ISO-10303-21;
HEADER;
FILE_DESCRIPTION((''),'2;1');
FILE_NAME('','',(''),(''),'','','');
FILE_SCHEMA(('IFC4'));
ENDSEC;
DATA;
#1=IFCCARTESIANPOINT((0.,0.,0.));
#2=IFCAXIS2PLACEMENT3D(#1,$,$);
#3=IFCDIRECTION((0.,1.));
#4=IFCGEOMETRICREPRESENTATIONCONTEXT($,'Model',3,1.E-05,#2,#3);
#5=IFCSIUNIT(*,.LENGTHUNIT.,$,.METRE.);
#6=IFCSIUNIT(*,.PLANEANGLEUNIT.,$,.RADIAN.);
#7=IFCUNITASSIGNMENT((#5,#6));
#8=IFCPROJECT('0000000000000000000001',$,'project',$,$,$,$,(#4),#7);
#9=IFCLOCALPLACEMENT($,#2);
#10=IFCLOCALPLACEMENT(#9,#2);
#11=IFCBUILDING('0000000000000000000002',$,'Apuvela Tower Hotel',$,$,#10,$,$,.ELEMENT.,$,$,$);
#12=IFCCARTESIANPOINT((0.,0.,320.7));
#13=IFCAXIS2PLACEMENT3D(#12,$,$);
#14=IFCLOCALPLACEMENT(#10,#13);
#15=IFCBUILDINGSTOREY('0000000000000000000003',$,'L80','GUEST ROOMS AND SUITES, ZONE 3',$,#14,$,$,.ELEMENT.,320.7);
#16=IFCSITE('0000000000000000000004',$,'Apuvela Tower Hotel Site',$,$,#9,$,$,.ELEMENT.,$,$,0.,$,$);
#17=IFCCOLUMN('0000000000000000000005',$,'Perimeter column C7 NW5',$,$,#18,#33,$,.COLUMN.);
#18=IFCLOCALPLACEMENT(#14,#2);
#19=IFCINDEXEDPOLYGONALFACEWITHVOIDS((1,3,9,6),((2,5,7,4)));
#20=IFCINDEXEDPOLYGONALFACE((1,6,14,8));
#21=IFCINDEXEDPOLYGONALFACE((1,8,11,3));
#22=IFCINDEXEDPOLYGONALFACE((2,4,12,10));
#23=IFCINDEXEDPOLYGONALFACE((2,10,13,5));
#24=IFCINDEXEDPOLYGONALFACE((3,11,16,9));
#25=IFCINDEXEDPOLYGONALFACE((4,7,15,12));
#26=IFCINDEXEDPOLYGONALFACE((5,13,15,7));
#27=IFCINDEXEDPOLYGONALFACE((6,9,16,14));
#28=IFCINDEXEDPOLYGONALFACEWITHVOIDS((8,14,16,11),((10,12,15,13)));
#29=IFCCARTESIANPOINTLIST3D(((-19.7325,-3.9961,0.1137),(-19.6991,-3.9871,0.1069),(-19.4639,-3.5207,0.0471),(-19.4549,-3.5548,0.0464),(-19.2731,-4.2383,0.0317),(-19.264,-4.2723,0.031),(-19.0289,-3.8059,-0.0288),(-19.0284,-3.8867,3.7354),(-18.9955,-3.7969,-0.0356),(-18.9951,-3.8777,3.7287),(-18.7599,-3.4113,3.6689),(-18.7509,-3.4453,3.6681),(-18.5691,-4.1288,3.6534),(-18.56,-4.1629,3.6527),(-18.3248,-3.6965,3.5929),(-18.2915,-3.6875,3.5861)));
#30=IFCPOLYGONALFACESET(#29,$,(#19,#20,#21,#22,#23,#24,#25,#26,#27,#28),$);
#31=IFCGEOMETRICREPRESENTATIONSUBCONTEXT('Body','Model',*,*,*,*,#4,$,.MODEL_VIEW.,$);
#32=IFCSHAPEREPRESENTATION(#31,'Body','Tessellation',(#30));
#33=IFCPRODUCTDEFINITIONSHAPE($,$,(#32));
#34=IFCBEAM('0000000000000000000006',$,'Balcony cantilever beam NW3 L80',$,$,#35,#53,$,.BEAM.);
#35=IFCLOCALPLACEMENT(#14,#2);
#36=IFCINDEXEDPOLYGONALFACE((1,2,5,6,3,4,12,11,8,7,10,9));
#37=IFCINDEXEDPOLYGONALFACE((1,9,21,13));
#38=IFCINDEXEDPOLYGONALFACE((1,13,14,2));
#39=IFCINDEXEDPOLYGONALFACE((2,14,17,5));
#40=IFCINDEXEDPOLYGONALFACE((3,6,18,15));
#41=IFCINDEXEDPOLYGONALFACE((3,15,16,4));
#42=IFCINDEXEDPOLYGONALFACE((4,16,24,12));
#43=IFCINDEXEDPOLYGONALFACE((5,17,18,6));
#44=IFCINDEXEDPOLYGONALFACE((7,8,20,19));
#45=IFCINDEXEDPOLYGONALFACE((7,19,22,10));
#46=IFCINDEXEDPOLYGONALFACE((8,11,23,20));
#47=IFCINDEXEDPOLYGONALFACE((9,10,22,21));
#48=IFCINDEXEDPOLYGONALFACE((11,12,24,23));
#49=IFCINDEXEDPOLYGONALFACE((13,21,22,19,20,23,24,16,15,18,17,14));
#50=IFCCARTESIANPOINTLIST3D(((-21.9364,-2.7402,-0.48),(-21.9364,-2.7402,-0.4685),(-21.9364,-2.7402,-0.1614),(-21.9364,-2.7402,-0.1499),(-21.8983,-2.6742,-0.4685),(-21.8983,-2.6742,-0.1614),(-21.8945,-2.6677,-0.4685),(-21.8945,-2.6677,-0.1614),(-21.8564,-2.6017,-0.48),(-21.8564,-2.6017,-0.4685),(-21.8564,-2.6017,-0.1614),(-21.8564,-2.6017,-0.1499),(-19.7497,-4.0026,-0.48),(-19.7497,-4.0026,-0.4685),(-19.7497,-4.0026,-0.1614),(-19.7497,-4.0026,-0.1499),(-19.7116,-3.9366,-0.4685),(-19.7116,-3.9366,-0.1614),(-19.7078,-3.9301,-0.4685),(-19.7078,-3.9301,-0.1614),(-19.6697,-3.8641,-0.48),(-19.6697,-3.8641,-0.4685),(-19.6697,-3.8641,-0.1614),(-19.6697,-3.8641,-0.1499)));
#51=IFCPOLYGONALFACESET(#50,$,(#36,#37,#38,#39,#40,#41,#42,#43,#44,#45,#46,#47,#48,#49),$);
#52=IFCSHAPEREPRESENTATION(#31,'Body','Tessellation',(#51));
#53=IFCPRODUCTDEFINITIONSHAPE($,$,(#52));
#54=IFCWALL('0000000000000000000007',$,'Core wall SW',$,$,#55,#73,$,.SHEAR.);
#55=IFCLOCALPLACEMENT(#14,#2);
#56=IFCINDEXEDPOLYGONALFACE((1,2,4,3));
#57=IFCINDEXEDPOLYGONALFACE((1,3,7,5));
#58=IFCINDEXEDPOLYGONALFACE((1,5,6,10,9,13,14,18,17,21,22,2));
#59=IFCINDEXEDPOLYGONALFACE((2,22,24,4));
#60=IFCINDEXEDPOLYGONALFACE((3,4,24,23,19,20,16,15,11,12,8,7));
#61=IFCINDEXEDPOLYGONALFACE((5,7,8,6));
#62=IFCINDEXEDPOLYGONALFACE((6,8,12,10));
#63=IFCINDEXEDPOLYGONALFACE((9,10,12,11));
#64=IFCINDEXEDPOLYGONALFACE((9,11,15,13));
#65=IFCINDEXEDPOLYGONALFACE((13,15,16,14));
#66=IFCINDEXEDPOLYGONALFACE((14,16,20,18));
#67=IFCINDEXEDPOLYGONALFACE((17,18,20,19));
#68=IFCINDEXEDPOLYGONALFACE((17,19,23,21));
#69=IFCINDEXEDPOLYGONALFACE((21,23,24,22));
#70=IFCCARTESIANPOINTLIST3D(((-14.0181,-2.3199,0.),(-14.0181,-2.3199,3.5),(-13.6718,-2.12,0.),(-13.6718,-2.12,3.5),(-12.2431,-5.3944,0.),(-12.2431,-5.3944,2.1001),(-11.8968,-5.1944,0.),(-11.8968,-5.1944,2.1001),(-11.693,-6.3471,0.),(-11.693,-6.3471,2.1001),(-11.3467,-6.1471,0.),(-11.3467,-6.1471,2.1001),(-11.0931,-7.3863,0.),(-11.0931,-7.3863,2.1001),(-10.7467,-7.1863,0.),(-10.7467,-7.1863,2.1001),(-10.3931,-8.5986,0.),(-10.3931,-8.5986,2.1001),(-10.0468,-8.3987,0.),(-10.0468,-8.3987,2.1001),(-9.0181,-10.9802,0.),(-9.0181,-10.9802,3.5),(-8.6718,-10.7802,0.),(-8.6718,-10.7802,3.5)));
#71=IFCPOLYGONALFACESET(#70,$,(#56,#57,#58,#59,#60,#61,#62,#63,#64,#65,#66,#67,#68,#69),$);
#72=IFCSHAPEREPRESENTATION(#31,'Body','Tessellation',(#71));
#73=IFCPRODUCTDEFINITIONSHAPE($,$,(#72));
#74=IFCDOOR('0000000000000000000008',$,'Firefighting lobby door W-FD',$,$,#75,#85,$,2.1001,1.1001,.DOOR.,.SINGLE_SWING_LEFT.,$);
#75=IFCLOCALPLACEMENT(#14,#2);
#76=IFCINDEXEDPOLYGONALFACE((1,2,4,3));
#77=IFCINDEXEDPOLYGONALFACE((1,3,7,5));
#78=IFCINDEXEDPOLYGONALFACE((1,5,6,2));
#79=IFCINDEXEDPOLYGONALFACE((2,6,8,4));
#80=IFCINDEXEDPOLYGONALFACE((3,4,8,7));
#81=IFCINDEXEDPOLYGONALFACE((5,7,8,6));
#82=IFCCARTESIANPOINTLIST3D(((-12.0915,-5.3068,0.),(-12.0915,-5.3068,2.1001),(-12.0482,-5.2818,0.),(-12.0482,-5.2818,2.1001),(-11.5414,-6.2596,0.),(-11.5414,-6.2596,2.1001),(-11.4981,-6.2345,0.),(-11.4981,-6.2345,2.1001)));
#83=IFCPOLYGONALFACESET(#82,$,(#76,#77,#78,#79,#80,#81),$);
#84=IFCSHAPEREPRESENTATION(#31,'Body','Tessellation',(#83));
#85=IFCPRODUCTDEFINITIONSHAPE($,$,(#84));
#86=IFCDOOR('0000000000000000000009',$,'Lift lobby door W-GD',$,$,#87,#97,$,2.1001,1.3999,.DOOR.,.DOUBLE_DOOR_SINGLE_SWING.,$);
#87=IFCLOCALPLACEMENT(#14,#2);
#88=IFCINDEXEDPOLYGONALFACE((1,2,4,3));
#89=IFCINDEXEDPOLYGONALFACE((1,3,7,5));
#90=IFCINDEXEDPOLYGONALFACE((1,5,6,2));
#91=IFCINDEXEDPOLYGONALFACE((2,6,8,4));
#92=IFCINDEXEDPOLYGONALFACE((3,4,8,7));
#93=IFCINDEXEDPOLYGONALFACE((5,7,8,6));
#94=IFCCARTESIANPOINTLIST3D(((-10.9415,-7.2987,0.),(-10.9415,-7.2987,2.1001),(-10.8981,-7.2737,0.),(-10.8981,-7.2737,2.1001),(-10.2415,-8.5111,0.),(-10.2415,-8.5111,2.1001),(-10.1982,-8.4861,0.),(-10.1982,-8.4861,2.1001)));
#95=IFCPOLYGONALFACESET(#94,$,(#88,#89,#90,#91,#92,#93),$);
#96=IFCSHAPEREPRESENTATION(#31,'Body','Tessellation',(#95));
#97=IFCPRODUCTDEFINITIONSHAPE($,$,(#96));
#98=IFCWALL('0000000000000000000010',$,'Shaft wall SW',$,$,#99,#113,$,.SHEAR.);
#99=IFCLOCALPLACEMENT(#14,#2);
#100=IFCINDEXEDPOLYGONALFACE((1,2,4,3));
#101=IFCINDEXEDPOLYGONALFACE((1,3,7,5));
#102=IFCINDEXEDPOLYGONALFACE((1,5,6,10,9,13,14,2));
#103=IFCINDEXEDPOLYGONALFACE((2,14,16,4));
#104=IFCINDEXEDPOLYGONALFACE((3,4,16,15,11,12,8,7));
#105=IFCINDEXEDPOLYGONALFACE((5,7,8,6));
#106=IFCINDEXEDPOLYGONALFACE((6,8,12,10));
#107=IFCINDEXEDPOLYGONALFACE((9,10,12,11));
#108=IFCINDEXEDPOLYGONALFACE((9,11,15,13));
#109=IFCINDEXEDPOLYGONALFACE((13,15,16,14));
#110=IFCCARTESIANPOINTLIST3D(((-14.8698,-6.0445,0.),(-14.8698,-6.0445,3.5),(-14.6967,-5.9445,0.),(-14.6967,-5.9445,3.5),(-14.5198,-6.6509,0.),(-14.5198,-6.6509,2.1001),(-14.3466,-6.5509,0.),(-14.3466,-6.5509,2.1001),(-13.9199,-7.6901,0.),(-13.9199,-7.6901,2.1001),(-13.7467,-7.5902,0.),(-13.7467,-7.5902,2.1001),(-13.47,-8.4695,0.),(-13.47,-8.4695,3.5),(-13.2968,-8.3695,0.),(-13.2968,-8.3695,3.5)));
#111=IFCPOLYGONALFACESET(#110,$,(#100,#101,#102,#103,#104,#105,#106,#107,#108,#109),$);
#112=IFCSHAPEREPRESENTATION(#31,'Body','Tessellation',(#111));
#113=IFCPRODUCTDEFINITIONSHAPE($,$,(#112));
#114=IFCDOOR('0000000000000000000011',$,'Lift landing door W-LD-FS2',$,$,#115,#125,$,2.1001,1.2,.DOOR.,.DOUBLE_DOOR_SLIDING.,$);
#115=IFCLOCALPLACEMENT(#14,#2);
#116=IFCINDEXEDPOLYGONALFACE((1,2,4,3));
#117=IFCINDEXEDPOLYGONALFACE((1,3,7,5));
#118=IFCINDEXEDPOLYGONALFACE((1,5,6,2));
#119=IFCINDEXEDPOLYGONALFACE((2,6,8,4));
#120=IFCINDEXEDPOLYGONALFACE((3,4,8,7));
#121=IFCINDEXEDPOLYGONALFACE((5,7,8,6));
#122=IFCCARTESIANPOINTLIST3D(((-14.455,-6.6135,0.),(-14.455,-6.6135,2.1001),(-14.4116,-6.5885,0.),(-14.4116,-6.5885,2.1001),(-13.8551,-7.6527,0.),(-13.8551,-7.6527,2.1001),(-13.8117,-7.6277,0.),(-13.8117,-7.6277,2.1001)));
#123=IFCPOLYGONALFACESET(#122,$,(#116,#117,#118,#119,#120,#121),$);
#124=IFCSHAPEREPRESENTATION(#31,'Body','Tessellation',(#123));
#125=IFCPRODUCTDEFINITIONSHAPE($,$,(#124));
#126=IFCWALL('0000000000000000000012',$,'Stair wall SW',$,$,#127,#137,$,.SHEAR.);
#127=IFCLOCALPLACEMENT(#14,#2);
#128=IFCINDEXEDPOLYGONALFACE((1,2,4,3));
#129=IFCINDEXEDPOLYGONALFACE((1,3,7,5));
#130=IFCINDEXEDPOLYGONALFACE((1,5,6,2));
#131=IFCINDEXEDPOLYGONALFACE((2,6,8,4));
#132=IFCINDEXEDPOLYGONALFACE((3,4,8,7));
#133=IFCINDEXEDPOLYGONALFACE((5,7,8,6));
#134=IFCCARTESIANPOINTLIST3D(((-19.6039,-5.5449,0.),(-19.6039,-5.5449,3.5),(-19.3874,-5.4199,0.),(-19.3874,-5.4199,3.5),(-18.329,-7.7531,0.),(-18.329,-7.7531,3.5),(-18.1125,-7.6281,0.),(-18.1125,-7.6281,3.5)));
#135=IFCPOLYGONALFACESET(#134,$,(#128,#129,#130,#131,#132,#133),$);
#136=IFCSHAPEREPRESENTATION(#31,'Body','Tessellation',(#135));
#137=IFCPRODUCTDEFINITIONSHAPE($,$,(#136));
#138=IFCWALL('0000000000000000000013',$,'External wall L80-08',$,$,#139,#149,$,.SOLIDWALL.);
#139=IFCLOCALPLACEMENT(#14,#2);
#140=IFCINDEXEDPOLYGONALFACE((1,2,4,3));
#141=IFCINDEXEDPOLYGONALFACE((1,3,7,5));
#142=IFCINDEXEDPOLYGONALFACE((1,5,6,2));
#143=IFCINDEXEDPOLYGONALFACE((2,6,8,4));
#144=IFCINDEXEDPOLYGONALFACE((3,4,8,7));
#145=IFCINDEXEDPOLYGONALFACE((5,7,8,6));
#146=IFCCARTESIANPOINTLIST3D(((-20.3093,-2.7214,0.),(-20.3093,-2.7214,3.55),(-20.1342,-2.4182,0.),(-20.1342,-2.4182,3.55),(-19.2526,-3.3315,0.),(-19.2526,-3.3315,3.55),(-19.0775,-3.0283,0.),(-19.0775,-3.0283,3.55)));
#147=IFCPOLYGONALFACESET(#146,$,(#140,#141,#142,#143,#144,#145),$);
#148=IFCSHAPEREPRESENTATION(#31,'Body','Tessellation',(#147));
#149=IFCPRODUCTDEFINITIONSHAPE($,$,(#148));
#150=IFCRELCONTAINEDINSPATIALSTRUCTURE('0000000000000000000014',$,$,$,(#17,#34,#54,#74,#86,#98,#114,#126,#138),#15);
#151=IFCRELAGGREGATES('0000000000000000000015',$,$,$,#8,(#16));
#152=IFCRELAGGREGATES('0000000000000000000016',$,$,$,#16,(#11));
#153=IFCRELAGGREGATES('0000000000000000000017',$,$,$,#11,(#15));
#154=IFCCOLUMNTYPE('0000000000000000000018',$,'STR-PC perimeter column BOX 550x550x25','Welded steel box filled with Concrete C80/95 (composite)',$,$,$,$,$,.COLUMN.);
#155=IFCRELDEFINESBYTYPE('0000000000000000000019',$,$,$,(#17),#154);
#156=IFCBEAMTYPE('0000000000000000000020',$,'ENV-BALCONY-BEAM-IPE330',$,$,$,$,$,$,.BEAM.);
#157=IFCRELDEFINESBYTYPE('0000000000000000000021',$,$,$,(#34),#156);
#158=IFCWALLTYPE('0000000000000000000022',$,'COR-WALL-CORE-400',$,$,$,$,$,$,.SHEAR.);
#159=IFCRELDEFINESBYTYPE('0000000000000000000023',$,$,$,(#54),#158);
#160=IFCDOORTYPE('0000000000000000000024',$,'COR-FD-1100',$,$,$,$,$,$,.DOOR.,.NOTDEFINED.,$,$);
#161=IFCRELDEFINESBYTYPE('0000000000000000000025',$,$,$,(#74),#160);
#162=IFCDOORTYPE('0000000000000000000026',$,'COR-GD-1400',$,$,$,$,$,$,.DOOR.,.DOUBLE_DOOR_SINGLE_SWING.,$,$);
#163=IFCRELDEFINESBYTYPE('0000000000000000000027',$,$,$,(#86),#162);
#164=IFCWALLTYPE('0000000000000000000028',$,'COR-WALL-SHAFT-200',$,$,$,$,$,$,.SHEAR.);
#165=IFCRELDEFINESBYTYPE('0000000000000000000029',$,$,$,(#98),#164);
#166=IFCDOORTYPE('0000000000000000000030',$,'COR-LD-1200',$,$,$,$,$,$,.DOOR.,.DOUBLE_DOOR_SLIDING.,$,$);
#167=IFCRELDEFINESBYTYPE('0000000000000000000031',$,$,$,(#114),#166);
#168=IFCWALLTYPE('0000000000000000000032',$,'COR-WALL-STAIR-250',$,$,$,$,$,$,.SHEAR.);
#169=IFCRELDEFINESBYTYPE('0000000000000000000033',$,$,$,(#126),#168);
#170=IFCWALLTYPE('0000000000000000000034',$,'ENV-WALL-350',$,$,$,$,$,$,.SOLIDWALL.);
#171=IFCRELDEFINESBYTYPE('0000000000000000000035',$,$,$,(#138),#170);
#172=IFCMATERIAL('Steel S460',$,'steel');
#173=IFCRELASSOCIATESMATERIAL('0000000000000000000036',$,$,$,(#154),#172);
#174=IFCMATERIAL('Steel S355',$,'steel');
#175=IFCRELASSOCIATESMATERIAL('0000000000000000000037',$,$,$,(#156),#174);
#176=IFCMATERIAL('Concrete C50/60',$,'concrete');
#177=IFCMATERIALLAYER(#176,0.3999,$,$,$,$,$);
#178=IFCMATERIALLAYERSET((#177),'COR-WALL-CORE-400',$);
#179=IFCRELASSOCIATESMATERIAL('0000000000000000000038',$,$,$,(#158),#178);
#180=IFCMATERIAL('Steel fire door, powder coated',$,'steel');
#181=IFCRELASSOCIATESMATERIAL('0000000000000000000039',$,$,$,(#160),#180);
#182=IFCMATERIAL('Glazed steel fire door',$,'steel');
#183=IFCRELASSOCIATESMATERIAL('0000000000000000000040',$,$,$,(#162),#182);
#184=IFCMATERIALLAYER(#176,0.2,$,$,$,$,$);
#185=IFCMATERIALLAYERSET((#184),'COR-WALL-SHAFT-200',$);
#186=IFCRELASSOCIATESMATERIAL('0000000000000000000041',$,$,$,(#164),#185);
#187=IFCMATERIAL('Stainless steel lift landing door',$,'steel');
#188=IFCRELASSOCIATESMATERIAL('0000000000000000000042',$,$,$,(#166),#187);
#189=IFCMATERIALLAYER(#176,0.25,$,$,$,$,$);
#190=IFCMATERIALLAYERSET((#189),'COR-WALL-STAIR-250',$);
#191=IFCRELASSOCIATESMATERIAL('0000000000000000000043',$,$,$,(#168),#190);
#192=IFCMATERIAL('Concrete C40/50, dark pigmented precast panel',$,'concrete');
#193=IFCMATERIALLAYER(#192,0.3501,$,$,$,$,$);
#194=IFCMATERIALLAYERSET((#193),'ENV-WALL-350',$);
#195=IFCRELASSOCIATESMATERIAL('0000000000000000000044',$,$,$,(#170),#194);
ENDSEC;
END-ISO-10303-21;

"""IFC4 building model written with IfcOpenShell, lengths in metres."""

from ifc_helpers import new_model, si_unit, direction, frame, frame_2d, origin, origin_2d, place, context, subcontext, project, spatial, rectangle, hollow_rectangle, i_section, extrude, boolean, halfspace, material, layer, layer_set, material_profile, profile_set, type_object, element, fill, save


model = new_model("IFC4")

# Units and contexts
model_context = context("Model", 3, precision=1e-05, world=origin(), true_north=direction((0.0, 1.0)))
body_context = subcontext(model_context, "Body", "Model", "MODEL_VIEW")
ifc_project = project(units=[si_unit("LENGTHUNIT", "METRE"), si_unit("PLANEANGLEUNIT", "RADIAN")], contexts=[model_context])

# Site, building, storey
site_placement = place(None, origin())
site = spatial("IfcSite", under=ifc_project, at=site_placement, Name="Apuvela Tower Hotel Site", CompositionType="ELEMENT", RefElevation=0.0)
building_placement = place(site_placement, origin())
building = spatial("IfcBuilding", under=site, at=building_placement, Name="Apuvela Tower Hotel", CompositionType="ELEMENT")
storey_placement = place(building_placement, frame((0.0, 0.0, 320.7)))
storey = spatial("IfcBuildingStorey", under=building, at=storey_placement, Name="L80", Description="GUEST ROOMS AND SUITES, ZONE 3", CompositionType="ELEMENT", Elevation=320.7)

# Column
ifc_material_1 = material(Name="Steel S460", Category="steel")
ifc_material_profile_1 = material_profile(ifc_material_1, hollow_rectangle(XDim=0.55, YDim=0.55, WallThickness=0.0249, at=origin_2d()), Name="BOX 550x550x25")
ifc_material_2 = material(Name="Concrete C80/95", Category="concrete")
ifc_material_profile_2 = material_profile(ifc_material_2, rectangle(XDim=0.5, YDim=0.5, at=origin_2d()), Name="Concrete C80/95 infill")
ifc_profile_set_1 = profile_set([ifc_material_profile_1, ifc_material_profile_2], Name="Steel S460")
column_type = type_object("IfcColumnType", Name="STR-PC perimeter column BOX 550x550x25", Description="Welded steel box filled with Concrete C80/95 (composite)", PredefinedType="COLUMN", material=ifc_profile_set_1)
column_placement = place(storey_placement, frame((-19.3716, -3.8977, 0.0), z_axis=(0.190735, 0.029653, 0.981194), x_axis=(-0.488201, -0.864299, 0.121022)))
element("IfcColumn", 1, at=column_placement, inside=storey, type_object=column_type, Name="Perimeter column C7 NW5", PredefinedType="COLUMN", context=body_context, shape_type="SweptSolid", body=[
    boolean("DIFFERENCE", boolean("DIFFERENCE", extrude(hollow_rectangle(XDim=0.55, YDim=0.55, WallThickness=0.0249, at=origin_2d()), origin(), (0.0, 0.0, 1.0), 3.7708), halfspace(frame((0.0, 0.0, 0.0398), z_axis=(0.0, 0.0, 1.0), x_axis=(1.0, 0.0, 0.0)), True)), halfspace(frame((0.0, 0.0, 3.731), z_axis=(0.0, 0.0, 1.0), x_axis=(1.0, 0.0, 0.0)), False)),
])

# Beam
ifc_material_3 = material(Name="Steel S355", Category="steel")
ifc_material_profile_3 = material_profile(ifc_material_3, i_section(OverallWidth=0.1599, OverallDepth=0.3301, WebThickness=0.0076, FlangeThickness=0.0115, at=origin_2d()), Name="IPE 330")
ifc_profile_set_2 = profile_set([ifc_material_profile_3], Name="Steel S355")
beam_type = type_object("IfcBeamType", Name="ENV-BALCONY-BEAM-IPE330", PredefinedType="BEAM", material=ifc_profile_set_2)
beam_placement = place(storey_placement, frame((-19.7097, -3.9333, -0.3149), z_axis=(-0.866039, 0.499976, 0.0), x_axis=(-0.499976, -0.866039, 0.0)))
element("IfcBeam", 2, at=beam_placement, inside=storey, type_object=beam_type, Name="Balcony cantilever beam NW3 L80", PredefinedType="BEAM", context=body_context, shape_type="SweptSolid", body=[
    extrude(i_section(OverallWidth=0.1599, OverallDepth=0.3301, WebThickness=0.0076, FlangeThickness=0.0115, at=origin_2d()), origin(), (0.0, 0.0, 1.0), 2.5249),
])

# Wall, openings, doors
ifc_material_4 = material(Name="Concrete C50/60", Category="concrete")
ifc_layer_1 = layer(ifc_material_4, 0.3999)
ifc_layer_set_1 = layer_set([ifc_layer_1], Name="COR-WALL-CORE-400")
wall_type_1 = type_object("IfcWallType", Name="COR-WALL-CORE-400", PredefinedType="SHEAR", material=ifc_layer_set_1)
wall_1_placement = place(storey_placement, frame((-13.845, -2.22, 0.0), z_axis=(0.0, 0.0, 1.0), x_axis=(0.500004, -0.866023, 0.0)))
wall_1 = element("IfcWall", 3, at=wall_1_placement, inside=storey, type_object=wall_type_1, Name="Core wall SW", PredefinedType="SHEAR", context=body_context, shape_type="SweptSolid", body=[
    extrude(rectangle(XDim=10.0, YDim=0.3999, at=frame_2d((5.0, 0.0))), origin(), (0.0, 0.0, 1.0), 3.5),
])
opening_1_placement = place(wall_1_placement, frame((3.55, 0.0, 0.0)))
opening_1 = element("IfcOpeningElement", 4, at=opening_1_placement, cuts=wall_1, PredefinedType="OPENING", context=body_context, shape_type="SweptSolid", body=[
    extrude(rectangle(XDim=1.1001, YDim=2.1001, at=frame_2d((0.55, 1.05))), frame((0.0, 0.21, 0.0), z_axis=(0.0, -1.0, 0.0), x_axis=(1.0, 0.0, 0.0)), (0.0, 0.0, 1.0), 0.4199),
])
opening_2_placement = place(wall_1_placement, frame((5.8501, 0.0, 0.0)))
opening_2 = element("IfcOpeningElement", 5, at=opening_2_placement, cuts=wall_1, PredefinedType="OPENING", context=body_context, shape_type="SweptSolid", body=[
    extrude(rectangle(XDim=1.3999, YDim=2.1001, at=frame_2d((0.7, 1.05))), frame((0.0, 0.21, 0.0), z_axis=(0.0, -1.0, 0.0), x_axis=(1.0, 0.0, 0.0)), (0.0, 0.0, 1.0), 0.4199),
])
ifc_material_5 = material(Name="Steel fire door, powder coated", Category="steel")
door_type_1 = type_object("IfcDoorType", Name="COR-FD-1100", OperationType="NOTDEFINED", PredefinedType="DOOR", material=ifc_material_5)
door_1_placement = place(opening_1_placement, frame((1.1001, 0.0, 0.0), z_axis=(0.0, 0.0, 1.0), x_axis=(-1.0, 0.0, 0.0)))
door_1 = element("IfcDoor", 6, at=door_1_placement, inside=storey, type_object=door_type_1, Name="Firefighting lobby door W-FD", OperationType="SINGLE_SWING_LEFT", OverallHeight=2.1001, OverallWidth=1.1001, PredefinedType="DOOR", context=body_context, shape_type="SweptSolid", body=[
    extrude(rectangle(XDim=1.1001, YDim=2.1001, at=frame_2d((0.55, 1.05))), frame((0.0, 0.0249, 0.0), z_axis=(0.0, -1.0, 0.0), x_axis=(1.0, 0.0, 0.0)), (0.0, 0.0, 1.0), 0.05),
])
fill(opening_1, door_1)
ifc_material_6 = material(Name="Glazed steel fire door", Category="steel")
door_type_2 = type_object("IfcDoorType", Name="COR-GD-1400", OperationType="DOUBLE_DOOR_SINGLE_SWING", PredefinedType="DOOR", material=ifc_material_6)
door_2_placement = place(opening_2_placement, frame((1.3999, 0.0, 0.0), z_axis=(0.0, 0.0, 1.0), x_axis=(-1.0, 0.0, 0.0)))
door_2 = element("IfcDoor", 7, at=door_2_placement, inside=storey, type_object=door_type_2, Name="Lift lobby door W-GD", OperationType="DOUBLE_DOOR_SINGLE_SWING", OverallHeight=2.1001, OverallWidth=1.3999, PredefinedType="DOOR", context=body_context, shape_type="SweptSolid", body=[
    extrude(rectangle(XDim=1.3999, YDim=2.1001, at=frame_2d((0.7, 1.05))), frame((0.0, 0.0249, 0.0), z_axis=(0.0, -1.0, 0.0), x_axis=(1.0, 0.0, 0.0)), (0.0, 0.0, 1.0), 0.05),
])
fill(opening_2, door_2)

# Wall, opening, door
ifc_layer_2 = layer(ifc_material_4, 0.2)
ifc_layer_set_2 = layer_set([ifc_layer_2], Name="COR-WALL-SHAFT-200")
wall_type_2 = type_object("IfcWallType", Name="COR-WALL-SHAFT-200", PredefinedType="SHEAR", material=ifc_layer_set_2)
wall_2_placement = place(storey_placement, frame((-14.7832, -5.9946, 0.0), z_axis=(0.0, 0.0, 1.0), x_axis=(0.499946, -0.866056, 0.0)))
wall_2 = element("IfcWall", 8, at=wall_2_placement, inside=storey, type_object=wall_type_2, Name="Shaft wall SW", PredefinedType="SHEAR", context=body_context, shape_type="SweptSolid", body=[
    extrude(rectangle(XDim=2.8, YDim=0.2, at=frame_2d((1.3999, 0.0))), origin(), (0.0, 0.0, 1.0), 3.5),
])
opening_3_placement = place(wall_2_placement, frame((0.7, 0.0, 0.0)))
opening_3 = element("IfcOpeningElement", 9, at=opening_3_placement, cuts=wall_2, PredefinedType="OPENING", context=body_context, shape_type="SweptSolid", body=[
    extrude(rectangle(XDim=1.2, YDim=2.1001, at=frame_2d((0.6001, 1.05))), frame((0.0, 0.1099, 0.0), z_axis=(0.0, -1.0, 0.0), x_axis=(1.0, 0.0, 0.0)), (0.0, 0.0, 1.0), 0.22),
])
ifc_material_7 = material(Name="Stainless steel lift landing door", Category="steel")
door_type_3 = type_object("IfcDoorType", Name="COR-LD-1200", OperationType="DOUBLE_DOOR_SLIDING", PredefinedType="DOOR", material=ifc_material_7)
door_3_placement = place(opening_3_placement, origin())
door_3 = element("IfcDoor", 10, at=door_3_placement, inside=storey, type_object=door_type_3, Name="Lift landing door W-LD-FS2", OperationType="DOUBLE_DOOR_SLIDING", OverallHeight=2.1001, OverallWidth=1.2, PredefinedType="DOOR", context=body_context, shape_type="SweptSolid", body=[
    extrude(rectangle(XDim=1.2, YDim=2.1001, at=frame_2d((0.6001, 1.05))), frame((0.0, 0.0249, 0.0), z_axis=(0.0, -1.0, 0.0), x_axis=(1.0, 0.0, 0.0)), (0.0, 0.0, 1.0), 0.05),
])
fill(opening_3, door_3)

# Walls
ifc_layer_3 = layer(ifc_material_4, 0.25)
ifc_layer_set_3 = layer_set([ifc_layer_3], Name="COR-WALL-STAIR-250")
wall_type_3 = type_object("IfcWallType", Name="COR-WALL-STAIR-250", PredefinedType="SHEAR", material=ifc_layer_set_3)
wall_3_placement = place(storey_placement, frame((-19.4956, -5.4824, 0.0), z_axis=(0.0, 0.0, 1.0), x_axis=(0.49999, -0.866031, 0.0)))
element("IfcWall", 11, at=wall_3_placement, inside=storey, type_object=wall_type_3, Name="Stair wall SW", PredefinedType="SHEAR", context=body_context, shape_type="SweptSolid", body=[
    extrude(rectangle(XDim=2.5498, YDim=0.25, at=frame_2d((1.2749, 0.0))), origin(), (0.0, 0.0, 1.0), 3.5),
])
ifc_material_8 = material(Name="Concrete C40/50, dark pigmented precast panel", Category="concrete")
ifc_layer_4 = layer(ifc_material_8, 0.3501)
ifc_layer_set_4 = layer_set([ifc_layer_4], Name="ENV-WALL-350")
wall_type_4 = type_object("IfcWallType", Name="ENV-WALL-350", PredefinedType="SOLIDWALL", material=ifc_layer_set_4)
wall_4_placement = place(storey_placement, frame((-19.165, -3.1799, 0.0), z_axis=(0.0, 0.0, 1.0), x_axis=(-0.866006, 0.500034, 0.0)))
element("IfcWall", 12, at=wall_4_placement, inside=storey, type_object=wall_type_4, Name="External wall L80-08", PredefinedType="SOLIDWALL", context=body_context, shape_type="SweptSolid", body=[
    extrude(rectangle(XDim=1.2202, YDim=0.3501, at=frame_2d((0.6101, 0.0))), origin(), (0.0, 0.0, 1.0), 3.55),
])

save(model, "model.ifc")
